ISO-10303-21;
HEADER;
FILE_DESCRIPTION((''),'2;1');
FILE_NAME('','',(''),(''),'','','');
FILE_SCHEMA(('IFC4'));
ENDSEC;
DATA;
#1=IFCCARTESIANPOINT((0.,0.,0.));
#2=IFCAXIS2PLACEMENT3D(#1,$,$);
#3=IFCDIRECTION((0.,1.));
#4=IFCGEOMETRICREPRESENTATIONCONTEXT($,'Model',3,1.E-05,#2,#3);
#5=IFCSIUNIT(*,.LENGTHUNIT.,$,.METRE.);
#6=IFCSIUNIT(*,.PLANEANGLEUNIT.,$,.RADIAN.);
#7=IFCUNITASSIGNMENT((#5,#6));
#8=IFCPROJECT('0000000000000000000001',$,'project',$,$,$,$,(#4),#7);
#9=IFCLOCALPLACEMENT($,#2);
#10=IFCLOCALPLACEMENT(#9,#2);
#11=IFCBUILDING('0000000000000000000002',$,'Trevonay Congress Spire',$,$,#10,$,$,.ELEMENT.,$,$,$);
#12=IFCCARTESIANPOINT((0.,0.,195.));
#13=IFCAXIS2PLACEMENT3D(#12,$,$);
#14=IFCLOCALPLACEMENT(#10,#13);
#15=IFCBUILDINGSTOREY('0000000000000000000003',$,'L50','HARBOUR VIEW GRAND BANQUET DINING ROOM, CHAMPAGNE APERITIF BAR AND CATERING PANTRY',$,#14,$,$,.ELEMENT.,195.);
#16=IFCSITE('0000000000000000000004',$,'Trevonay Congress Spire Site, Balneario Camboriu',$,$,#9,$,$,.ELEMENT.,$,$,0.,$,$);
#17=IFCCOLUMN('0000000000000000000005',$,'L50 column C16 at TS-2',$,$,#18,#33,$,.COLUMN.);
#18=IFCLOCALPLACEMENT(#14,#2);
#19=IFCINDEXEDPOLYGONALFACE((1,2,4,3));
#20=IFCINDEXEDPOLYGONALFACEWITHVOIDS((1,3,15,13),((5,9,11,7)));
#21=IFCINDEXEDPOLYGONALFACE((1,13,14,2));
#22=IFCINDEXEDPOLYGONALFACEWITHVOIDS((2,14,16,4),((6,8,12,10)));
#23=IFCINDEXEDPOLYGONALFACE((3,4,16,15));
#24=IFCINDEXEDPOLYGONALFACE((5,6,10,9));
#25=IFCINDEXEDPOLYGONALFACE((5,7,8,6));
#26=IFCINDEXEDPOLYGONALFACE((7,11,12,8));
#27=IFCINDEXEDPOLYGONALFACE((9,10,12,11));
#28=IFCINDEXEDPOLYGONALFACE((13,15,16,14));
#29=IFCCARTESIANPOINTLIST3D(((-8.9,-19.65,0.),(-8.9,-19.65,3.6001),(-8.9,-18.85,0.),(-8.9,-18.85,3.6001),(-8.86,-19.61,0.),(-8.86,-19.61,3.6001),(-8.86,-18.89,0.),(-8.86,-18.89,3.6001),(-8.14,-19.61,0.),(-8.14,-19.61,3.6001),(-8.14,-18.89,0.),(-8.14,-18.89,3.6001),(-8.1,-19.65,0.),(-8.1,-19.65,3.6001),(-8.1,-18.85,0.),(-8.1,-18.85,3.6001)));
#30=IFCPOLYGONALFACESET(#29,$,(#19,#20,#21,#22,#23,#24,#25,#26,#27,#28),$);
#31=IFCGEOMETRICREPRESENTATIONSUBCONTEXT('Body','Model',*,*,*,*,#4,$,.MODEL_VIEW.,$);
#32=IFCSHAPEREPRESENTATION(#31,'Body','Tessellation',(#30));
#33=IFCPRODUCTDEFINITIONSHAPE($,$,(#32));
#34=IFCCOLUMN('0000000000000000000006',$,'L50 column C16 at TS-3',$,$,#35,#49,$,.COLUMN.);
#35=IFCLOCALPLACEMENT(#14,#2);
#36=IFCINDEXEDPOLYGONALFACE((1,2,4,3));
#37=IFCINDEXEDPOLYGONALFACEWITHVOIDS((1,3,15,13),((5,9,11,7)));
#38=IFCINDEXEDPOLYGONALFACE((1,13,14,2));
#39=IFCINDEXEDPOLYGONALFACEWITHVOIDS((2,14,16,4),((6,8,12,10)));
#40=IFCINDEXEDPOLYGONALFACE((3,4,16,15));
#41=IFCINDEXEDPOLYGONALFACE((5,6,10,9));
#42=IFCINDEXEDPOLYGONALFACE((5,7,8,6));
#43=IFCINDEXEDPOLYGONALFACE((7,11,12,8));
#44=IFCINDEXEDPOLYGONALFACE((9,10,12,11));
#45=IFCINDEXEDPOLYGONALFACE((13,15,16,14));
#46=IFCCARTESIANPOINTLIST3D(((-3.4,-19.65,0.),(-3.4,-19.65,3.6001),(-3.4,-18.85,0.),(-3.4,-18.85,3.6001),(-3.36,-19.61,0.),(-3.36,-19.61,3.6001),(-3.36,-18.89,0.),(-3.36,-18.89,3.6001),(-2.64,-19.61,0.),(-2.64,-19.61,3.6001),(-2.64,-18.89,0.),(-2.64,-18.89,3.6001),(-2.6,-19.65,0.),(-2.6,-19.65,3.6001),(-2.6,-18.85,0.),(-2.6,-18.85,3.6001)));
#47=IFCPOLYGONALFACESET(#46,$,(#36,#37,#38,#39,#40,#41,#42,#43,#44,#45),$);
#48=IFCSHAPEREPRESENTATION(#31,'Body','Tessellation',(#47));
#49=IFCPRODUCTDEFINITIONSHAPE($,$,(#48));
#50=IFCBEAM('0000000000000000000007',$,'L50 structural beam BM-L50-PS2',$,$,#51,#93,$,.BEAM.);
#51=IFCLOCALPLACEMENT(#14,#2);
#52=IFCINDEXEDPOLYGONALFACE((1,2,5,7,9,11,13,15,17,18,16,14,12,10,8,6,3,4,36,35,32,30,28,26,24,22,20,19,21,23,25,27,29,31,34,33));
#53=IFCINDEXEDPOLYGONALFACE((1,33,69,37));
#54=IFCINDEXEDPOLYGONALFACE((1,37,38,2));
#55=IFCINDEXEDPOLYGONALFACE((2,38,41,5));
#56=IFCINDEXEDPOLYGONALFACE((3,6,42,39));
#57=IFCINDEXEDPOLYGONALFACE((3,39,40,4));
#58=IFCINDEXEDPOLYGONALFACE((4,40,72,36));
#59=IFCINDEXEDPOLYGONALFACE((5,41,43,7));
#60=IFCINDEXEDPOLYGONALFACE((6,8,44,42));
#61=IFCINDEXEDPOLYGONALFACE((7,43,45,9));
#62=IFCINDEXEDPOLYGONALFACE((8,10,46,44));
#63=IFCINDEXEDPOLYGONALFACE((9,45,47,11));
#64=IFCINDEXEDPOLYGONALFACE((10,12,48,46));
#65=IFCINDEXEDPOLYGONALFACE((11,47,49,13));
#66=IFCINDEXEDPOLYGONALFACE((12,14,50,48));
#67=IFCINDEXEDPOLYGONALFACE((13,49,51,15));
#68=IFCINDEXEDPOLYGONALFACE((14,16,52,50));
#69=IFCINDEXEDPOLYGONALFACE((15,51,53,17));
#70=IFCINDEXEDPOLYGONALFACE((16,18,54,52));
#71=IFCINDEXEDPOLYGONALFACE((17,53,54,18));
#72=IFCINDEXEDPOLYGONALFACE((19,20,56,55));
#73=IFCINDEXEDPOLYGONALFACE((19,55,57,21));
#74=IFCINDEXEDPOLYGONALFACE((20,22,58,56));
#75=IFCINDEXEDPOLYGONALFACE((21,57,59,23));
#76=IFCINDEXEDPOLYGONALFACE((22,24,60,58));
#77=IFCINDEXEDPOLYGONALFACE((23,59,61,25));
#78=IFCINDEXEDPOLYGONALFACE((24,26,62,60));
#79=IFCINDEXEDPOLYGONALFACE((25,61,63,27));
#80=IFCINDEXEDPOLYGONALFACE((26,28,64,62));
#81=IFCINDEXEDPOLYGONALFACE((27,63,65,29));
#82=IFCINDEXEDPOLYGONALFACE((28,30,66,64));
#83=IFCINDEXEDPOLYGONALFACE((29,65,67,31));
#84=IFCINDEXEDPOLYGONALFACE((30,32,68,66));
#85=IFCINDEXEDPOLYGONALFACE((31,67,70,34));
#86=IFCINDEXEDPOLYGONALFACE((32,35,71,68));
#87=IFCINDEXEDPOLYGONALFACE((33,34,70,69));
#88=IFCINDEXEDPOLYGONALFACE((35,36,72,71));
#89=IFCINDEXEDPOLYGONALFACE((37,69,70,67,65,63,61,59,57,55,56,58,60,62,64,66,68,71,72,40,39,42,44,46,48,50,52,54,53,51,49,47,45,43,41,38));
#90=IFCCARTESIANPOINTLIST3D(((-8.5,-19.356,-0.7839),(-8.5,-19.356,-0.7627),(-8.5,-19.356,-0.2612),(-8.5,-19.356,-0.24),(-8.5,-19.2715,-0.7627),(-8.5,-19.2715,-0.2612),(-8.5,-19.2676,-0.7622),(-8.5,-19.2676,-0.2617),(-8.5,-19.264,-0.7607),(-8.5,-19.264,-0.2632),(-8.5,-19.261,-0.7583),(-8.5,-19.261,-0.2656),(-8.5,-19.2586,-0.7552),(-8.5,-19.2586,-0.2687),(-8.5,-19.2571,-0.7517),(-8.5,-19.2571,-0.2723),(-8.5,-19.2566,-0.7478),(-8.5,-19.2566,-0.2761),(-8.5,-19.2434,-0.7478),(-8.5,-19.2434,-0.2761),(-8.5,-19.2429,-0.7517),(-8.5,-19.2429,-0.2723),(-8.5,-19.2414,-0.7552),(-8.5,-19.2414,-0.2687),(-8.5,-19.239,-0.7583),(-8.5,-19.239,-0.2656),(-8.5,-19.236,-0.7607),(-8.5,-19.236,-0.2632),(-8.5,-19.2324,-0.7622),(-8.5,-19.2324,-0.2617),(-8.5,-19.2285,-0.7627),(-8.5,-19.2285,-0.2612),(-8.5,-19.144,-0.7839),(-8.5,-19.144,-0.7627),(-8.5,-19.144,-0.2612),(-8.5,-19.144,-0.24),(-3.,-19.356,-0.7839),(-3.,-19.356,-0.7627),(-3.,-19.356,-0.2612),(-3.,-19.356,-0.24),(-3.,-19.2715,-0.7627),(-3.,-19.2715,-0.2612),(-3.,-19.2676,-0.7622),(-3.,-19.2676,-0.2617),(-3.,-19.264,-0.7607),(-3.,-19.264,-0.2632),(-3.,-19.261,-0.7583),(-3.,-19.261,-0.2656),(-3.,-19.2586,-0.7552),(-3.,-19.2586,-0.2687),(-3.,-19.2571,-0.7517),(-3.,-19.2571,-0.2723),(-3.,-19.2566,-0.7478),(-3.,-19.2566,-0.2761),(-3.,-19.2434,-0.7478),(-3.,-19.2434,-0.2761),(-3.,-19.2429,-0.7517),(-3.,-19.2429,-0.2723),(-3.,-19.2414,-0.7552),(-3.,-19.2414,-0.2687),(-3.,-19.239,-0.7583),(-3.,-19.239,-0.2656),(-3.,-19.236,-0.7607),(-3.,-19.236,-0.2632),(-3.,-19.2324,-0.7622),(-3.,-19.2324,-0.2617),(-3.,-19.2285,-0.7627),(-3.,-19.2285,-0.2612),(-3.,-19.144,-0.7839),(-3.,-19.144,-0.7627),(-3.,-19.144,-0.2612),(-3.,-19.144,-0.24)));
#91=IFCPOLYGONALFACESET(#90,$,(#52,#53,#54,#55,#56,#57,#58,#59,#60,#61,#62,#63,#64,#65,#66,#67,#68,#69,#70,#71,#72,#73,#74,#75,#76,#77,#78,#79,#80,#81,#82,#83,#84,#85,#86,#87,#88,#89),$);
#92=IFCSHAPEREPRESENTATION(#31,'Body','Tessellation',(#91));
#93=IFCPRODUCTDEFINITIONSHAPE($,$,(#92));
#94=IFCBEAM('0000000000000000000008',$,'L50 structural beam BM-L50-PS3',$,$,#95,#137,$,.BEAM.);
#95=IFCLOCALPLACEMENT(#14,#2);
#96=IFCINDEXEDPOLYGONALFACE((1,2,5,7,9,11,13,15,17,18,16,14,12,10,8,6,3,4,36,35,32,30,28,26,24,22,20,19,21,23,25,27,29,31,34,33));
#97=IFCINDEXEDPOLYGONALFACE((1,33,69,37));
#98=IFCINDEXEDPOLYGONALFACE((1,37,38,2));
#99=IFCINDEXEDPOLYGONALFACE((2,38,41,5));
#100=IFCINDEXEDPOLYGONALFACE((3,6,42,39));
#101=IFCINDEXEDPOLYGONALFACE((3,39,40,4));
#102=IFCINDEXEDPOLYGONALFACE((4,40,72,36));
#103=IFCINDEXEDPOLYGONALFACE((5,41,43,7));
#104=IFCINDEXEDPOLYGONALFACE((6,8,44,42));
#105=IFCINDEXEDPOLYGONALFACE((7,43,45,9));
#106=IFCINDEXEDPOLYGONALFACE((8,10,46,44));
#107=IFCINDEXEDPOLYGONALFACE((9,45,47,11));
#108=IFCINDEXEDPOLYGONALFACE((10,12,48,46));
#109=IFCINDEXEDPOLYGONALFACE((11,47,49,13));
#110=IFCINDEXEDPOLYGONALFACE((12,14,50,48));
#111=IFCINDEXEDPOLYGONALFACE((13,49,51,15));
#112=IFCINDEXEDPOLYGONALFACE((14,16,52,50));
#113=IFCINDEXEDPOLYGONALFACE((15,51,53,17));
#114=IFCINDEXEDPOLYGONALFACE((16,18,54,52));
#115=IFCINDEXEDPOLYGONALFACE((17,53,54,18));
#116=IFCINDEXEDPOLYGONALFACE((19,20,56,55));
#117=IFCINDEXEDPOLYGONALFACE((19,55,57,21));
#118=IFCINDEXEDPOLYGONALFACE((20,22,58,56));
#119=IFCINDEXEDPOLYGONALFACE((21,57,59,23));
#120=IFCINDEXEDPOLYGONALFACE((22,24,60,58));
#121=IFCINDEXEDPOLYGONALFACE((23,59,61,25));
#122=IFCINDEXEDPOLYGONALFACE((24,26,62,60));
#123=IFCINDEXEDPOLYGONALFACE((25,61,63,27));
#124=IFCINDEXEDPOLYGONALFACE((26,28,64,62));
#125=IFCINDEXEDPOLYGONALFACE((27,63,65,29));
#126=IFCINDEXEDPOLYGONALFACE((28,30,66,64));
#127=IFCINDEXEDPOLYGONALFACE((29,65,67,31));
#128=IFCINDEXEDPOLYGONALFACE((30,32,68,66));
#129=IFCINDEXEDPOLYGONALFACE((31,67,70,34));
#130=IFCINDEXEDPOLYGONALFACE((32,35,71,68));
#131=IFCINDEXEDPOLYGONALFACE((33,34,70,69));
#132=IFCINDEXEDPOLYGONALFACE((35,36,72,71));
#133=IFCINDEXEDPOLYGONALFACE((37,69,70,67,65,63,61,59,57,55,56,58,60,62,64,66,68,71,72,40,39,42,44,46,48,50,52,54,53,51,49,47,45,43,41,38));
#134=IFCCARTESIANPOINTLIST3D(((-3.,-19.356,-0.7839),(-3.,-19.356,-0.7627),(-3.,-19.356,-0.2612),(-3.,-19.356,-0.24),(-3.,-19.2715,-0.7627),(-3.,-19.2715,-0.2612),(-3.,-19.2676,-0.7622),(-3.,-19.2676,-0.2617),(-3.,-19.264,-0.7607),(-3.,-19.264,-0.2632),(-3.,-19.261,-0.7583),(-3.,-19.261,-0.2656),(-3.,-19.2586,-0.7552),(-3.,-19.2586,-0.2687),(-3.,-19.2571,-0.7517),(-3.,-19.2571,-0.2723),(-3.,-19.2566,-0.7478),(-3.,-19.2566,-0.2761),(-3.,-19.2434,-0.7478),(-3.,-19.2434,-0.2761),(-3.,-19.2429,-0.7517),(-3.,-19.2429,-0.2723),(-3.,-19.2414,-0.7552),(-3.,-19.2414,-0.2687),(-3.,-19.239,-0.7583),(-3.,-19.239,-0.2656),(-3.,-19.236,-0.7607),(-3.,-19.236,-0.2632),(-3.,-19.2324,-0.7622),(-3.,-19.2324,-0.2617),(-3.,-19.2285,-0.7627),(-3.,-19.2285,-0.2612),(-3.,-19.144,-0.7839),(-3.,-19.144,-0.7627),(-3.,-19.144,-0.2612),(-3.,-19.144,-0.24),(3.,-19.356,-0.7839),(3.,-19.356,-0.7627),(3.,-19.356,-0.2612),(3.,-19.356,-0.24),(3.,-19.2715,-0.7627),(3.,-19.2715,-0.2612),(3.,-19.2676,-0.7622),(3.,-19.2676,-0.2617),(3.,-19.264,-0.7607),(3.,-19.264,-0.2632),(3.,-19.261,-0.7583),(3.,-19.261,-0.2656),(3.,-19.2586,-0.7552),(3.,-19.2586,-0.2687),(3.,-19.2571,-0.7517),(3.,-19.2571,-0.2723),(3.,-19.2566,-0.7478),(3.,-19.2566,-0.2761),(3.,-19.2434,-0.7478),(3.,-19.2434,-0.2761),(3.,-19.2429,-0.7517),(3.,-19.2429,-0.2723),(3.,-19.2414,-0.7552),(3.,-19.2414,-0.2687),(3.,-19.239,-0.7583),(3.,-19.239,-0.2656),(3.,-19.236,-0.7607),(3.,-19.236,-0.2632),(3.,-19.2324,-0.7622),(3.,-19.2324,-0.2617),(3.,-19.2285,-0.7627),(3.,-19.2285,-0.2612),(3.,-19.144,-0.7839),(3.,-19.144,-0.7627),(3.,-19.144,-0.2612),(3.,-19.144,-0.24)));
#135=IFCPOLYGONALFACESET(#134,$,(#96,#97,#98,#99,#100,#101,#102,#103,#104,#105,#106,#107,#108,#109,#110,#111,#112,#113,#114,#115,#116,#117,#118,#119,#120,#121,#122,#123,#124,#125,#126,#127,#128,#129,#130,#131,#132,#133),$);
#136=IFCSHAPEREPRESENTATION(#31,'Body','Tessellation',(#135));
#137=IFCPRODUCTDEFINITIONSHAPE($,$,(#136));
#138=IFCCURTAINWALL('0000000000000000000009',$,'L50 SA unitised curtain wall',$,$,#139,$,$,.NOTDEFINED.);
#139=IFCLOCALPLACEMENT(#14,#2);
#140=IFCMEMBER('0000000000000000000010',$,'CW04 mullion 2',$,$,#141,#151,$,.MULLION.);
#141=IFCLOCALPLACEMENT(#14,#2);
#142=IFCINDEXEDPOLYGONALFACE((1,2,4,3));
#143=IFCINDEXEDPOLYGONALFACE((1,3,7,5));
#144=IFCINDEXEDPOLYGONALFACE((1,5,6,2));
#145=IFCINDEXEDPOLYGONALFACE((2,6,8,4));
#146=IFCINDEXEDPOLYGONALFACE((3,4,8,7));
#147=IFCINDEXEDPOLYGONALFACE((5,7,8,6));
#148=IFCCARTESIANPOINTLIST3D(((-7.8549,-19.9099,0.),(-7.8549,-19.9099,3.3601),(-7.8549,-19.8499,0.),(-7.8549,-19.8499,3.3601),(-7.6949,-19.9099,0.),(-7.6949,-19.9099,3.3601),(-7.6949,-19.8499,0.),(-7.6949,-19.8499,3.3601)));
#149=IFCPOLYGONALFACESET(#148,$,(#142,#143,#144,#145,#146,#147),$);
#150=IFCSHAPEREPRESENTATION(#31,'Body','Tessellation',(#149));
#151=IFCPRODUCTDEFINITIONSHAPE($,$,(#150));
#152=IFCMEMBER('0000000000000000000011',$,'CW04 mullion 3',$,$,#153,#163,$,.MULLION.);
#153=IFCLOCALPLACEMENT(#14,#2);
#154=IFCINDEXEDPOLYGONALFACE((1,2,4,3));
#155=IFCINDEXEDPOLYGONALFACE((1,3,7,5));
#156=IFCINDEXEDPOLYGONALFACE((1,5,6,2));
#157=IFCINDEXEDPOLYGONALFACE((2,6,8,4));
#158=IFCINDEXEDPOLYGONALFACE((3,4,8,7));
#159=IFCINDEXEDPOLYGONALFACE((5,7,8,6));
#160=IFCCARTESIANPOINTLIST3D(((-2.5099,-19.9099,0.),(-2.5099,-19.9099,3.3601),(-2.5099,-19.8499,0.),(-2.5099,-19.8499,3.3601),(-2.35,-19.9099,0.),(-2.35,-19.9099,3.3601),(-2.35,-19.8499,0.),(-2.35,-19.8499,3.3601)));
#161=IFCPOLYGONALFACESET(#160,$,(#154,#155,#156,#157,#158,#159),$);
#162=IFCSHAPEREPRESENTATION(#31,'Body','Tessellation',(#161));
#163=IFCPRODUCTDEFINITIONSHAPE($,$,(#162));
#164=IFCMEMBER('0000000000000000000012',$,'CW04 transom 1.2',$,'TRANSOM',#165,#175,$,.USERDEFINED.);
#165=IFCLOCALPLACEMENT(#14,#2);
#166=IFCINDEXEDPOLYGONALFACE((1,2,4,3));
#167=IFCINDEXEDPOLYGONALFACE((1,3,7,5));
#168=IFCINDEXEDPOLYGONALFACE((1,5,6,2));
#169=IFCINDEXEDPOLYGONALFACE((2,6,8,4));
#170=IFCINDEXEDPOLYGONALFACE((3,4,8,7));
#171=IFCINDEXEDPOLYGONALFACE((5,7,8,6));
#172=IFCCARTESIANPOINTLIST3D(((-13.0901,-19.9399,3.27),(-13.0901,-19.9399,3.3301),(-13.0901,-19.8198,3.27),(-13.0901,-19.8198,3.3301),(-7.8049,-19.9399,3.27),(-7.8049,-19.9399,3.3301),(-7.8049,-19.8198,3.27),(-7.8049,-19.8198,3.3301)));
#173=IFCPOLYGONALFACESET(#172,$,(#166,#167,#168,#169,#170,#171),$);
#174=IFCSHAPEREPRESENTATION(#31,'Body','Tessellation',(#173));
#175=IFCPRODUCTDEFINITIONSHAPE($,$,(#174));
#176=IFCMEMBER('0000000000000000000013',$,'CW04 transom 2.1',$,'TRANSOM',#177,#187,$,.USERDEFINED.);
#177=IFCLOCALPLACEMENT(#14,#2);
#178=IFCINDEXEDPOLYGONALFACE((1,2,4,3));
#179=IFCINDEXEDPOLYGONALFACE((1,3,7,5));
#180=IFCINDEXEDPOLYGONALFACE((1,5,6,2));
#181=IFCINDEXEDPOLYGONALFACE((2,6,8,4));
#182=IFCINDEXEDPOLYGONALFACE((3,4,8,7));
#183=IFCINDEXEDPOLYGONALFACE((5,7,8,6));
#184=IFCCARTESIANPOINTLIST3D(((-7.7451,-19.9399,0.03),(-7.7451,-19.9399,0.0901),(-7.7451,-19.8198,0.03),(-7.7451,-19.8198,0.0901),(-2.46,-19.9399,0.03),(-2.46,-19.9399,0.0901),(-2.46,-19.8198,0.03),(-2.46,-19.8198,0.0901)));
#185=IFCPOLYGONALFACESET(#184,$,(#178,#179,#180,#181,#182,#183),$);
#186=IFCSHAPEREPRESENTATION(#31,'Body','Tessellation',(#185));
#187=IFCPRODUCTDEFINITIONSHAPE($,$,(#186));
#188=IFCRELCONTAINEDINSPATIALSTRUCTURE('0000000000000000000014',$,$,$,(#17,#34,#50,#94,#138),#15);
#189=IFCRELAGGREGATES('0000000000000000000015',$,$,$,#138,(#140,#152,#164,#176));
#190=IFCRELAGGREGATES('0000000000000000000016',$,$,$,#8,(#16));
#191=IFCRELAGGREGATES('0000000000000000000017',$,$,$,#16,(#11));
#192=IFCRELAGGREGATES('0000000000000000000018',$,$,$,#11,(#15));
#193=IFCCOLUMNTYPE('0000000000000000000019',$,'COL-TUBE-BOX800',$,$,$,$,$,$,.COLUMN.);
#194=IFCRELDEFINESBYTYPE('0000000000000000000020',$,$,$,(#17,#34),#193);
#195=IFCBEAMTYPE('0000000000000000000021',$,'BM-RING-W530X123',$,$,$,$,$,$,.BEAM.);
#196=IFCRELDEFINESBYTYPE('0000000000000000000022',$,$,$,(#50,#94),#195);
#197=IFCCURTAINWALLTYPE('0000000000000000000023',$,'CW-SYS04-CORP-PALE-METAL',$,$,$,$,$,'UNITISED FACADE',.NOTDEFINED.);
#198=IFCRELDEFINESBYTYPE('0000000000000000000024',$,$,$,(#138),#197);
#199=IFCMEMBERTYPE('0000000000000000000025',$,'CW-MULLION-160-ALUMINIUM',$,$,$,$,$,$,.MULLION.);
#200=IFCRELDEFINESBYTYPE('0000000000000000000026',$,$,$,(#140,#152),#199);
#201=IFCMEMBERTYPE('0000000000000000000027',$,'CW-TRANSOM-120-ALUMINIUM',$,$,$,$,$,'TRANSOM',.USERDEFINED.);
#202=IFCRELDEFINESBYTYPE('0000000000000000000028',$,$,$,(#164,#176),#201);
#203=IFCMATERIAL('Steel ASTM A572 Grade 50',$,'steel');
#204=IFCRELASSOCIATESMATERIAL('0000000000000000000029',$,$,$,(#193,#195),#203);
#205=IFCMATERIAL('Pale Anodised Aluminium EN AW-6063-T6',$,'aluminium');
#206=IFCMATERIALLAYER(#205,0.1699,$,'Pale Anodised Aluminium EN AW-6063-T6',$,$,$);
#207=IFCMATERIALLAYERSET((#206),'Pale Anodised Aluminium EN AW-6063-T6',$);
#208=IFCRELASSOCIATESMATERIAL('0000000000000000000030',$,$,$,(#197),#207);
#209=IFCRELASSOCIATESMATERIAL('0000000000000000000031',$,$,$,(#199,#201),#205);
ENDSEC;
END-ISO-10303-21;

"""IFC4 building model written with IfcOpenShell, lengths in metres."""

from ifc_helpers import new_model, si_unit, direction, frame, origin, origin_2d, place, context, subcontext, project, spatial, rectangle, hollow_rectangle, i_section, extrude, material, layer, layer_set, material_profile, profile_set, type_object, element, aggregate, save


model = new_model("IFC4")

# Units and contexts
model_context = context("Model", 3, precision=1e-05, world=origin(), true_north=direction((0.0, 1.0)))
body_context = subcontext(model_context, "Body", "Model", "MODEL_VIEW")
ifc_project = project(units=[si_unit("LENGTHUNIT", "METRE"), si_unit("PLANEANGLEUNIT", "RADIAN")], contexts=[model_context])

# Site, building, storey
site_placement = place(None, origin())
site = spatial("IfcSite", under=ifc_project, at=site_placement, Name="Trevonay Congress Spire Site, Balneario Camboriu", CompositionType="ELEMENT", RefElevation=0.0)
building_placement = place(site_placement, origin())
building = spatial("IfcBuilding", under=site, at=building_placement, Name="Trevonay Congress Spire", CompositionType="ELEMENT")
storey_placement = place(building_placement, frame((0.0, 0.0, 195.0)))
storey = spatial("IfcBuildingStorey", under=building, at=storey_placement, Name="L50", Description="HARBOUR VIEW GRAND BANQUET DINING ROOM, CHAMPAGNE APERITIF BAR AND CATERING PANTRY", CompositionType="ELEMENT", Elevation=195.0)

# Columns
ifc_material_1 = material(Name="Steel ASTM A572 Grade 50", Category="steel")
ifc_material_profile_1 = material_profile(ifc_material_1, hollow_rectangle(XDim=0.8, YDim=0.8, WallThickness=0.04, at=origin_2d()), Name="BOX 800x800x40")
ifc_profile_set_1 = profile_set([ifc_material_profile_1], Name="Steel ASTM A572 Grade 50")
column_type = type_object("IfcColumnType", Name="COL-TUBE-BOX800", PredefinedType="COLUMN", material=ifc_profile_set_1)
for number, where, z_axis, x_axis, name in (
    (1, (-8.5, -19.25, 0.0), (0.0, 0.0, 1.0), (1.0, 0.0, 0.0), "L50 column C16 at TS-2"),
    (2, (-3.0, -19.25, 0.0), (0.0, 0.0, 1.0), (1.0, 0.0, 0.0), "L50 column C16 at TS-3"),
):
    element("IfcColumn", number, at=place(storey_placement, frame(where, z_axis=z_axis, x_axis=x_axis)), inside=storey, type_object=column_type, Name=name, PredefinedType="COLUMN", context=body_context, shape_type="SweptSolid", body=[
        extrude(hollow_rectangle(XDim=0.8, YDim=0.8, WallThickness=0.04, at=origin_2d()), origin(), (0.0, 0.0, 1.0), 3.6001),
    ])

# Beams
ifc_material_profile_2 = material_profile(ifc_material_1, i_section(OverallWidth=0.2119, OverallDepth=0.5439, WebThickness=0.0132, FlangeThickness=0.0212, FilletRadius=0.0149, at=origin_2d()), Name="W530x123")
ifc_profile_set_2 = profile_set([ifc_material_profile_2], Name="Steel ASTM A572 Grade 50")
beam_type = type_object("IfcBeamType", Name="BM-RING-W530X123", PredefinedType="BEAM", material=ifc_profile_set_2)
beam_1_placement = place(storey_placement, frame((-8.5, -19.25, -0.512), z_axis=(1.0, 0.0, 0.0), x_axis=(0.0, 1.0, 0.0)))
element("IfcBeam", 3, at=beam_1_placement, inside=storey, type_object=beam_type, Name="L50 structural beam BM-L50-PS2", PredefinedType="BEAM", context=body_context, shape_type="SweptSolid", body=[
    extrude(i_section(OverallWidth=0.2119, OverallDepth=0.5439, WebThickness=0.0132, FlangeThickness=0.0212, FilletRadius=0.0149, at=origin_2d()), origin(), (0.0, 0.0, 1.0), 5.5),
])
beam_2_placement = place(storey_placement, frame((-3.0, -19.25, -0.512), z_axis=(1.0, 0.0, 0.0), x_axis=(0.0, 1.0, 0.0)))
element("IfcBeam", 4, at=beam_2_placement, inside=storey, type_object=beam_type, Name="L50 structural beam BM-L50-PS3", PredefinedType="BEAM", context=body_context, shape_type="SweptSolid", body=[
    extrude(i_section(OverallWidth=0.2119, OverallDepth=0.5439, WebThickness=0.0132, FlangeThickness=0.0212, FilletRadius=0.0149, at=origin_2d()), origin(), (0.0, 0.0, 1.0), 6.0),
])

# Curtain wall, members
ifc_material_2 = material(Name="Pale Anodised Aluminium EN AW-6063-T6", Category="aluminium")
ifc_layer_1 = layer(ifc_material_2, 0.1699, Name="Pale Anodised Aluminium EN AW-6063-T6")
ifc_layer_set_1 = layer_set([ifc_layer_1], Name="Pale Anodised Aluminium EN AW-6063-T6")
curtain_wall_type = type_object("IfcCurtainWallType", Name="CW-SYS04-CORP-PALE-METAL", ElementType="UNITISED FACADE", PredefinedType="NOTDEFINED", material=ifc_layer_set_1)
curtain_wall_placement = place(storey_placement, origin())
curtain_wall = element("IfcCurtainWall", 5, at=curtain_wall_placement, inside=storey, type_object=curtain_wall_type, Name="L50 SA unitised curtain wall", PredefinedType="NOTDEFINED")
ifc_material_profile_3 = material_profile(ifc_material_2, rectangle(XDim=0.0601, YDim=0.1599, at=origin_2d()), Name="CW-MULLION-160-ALUMINIUM")
ifc_profile_set_3 = profile_set([ifc_material_profile_3], Name="Pale Anodised Aluminium EN AW-6063-T6")
member_type_1 = type_object("IfcMemberType", Name="CW-MULLION-160-ALUMINIUM", PredefinedType="MULLION", material=ifc_profile_set_3)
member_1_placement = place(storey_placement, frame((-7.7749, -19.8799, 0.0), z_axis=(0.0, 0.0, 1.0), x_axis=(0.0, 1.0, 0.0)))
member_1 = element("IfcMember", 6, at=member_1_placement, type_object=member_type_1, Name="CW04 mullion 2", PredefinedType="MULLION", context=body_context, shape_type="SweptSolid", body=[
    extrude(rectangle(XDim=0.0601, YDim=0.1599, at=origin_2d()), origin(), (0.0, 0.0, 1.0), 3.3601),
])
member_2_placement = place(storey_placement, frame((-2.4299, -19.8799, 0.0), z_axis=(0.0, 0.0, 1.0), x_axis=(0.0, 1.0, 0.0)))
member_2 = element("IfcMember", 7, at=member_2_placement, type_object=member_type_1, Name="CW04 mullion 3", PredefinedType="MULLION", context=body_context, shape_type="SweptSolid", body=[
    extrude(rectangle(XDim=0.0601, YDim=0.1599, at=origin_2d()), origin(), (0.0, 0.0, 1.0), 3.3601),
])
ifc_material_profile_4 = material_profile(ifc_material_2, rectangle(XDim=0.1201, YDim=0.0601, at=origin_2d()), Name="CW-TRANSOM-120-ALUMINIUM")
ifc_profile_set_4 = profile_set([ifc_material_profile_4], Name="Pale Anodised Aluminium EN AW-6063-T6")
member_type_2 = type_object("IfcMemberType", Name="CW-TRANSOM-120-ALUMINIUM", ElementType="TRANSOM", PredefinedType="USERDEFINED", material=ifc_profile_set_4)
member_3_placement = place(storey_placement, frame((-13.0901, -19.8799, 3.3), z_axis=(1.0, 0.0, 0.0), x_axis=(0.0, 1.0, 0.0)))
member_3 = element("IfcMember", 8, at=member_3_placement, type_object=member_type_2, Name="CW04 transom 1.2", ObjectType="TRANSOM", PredefinedType="USERDEFINED", context=body_context, shape_type="SweptSolid", body=[
    extrude(rectangle(XDim=0.1201, YDim=0.0601, at=origin_2d()), origin(), (0.0, 0.0, 1.0), 5.2852),
])
member_4_placement = place(storey_placement, frame((-7.7451, -19.8799, 0.0601), z_axis=(1.0, 0.0, 0.0), x_axis=(0.0, 1.0, 0.0)))
member_4 = element("IfcMember", 9, at=member_4_placement, type_object=member_type_2, Name="CW04 transom 2.1", ObjectType="TRANSOM", PredefinedType="USERDEFINED", context=body_context, shape_type="SweptSolid", body=[
    extrude(rectangle(XDim=0.1201, YDim=0.0601, at=origin_2d()), origin(), (0.0, 0.0, 1.0), 5.2852),
])
aggregate(curtain_wall, [member_1, member_2, member_3, member_4])

save(model, "model.ifc")
